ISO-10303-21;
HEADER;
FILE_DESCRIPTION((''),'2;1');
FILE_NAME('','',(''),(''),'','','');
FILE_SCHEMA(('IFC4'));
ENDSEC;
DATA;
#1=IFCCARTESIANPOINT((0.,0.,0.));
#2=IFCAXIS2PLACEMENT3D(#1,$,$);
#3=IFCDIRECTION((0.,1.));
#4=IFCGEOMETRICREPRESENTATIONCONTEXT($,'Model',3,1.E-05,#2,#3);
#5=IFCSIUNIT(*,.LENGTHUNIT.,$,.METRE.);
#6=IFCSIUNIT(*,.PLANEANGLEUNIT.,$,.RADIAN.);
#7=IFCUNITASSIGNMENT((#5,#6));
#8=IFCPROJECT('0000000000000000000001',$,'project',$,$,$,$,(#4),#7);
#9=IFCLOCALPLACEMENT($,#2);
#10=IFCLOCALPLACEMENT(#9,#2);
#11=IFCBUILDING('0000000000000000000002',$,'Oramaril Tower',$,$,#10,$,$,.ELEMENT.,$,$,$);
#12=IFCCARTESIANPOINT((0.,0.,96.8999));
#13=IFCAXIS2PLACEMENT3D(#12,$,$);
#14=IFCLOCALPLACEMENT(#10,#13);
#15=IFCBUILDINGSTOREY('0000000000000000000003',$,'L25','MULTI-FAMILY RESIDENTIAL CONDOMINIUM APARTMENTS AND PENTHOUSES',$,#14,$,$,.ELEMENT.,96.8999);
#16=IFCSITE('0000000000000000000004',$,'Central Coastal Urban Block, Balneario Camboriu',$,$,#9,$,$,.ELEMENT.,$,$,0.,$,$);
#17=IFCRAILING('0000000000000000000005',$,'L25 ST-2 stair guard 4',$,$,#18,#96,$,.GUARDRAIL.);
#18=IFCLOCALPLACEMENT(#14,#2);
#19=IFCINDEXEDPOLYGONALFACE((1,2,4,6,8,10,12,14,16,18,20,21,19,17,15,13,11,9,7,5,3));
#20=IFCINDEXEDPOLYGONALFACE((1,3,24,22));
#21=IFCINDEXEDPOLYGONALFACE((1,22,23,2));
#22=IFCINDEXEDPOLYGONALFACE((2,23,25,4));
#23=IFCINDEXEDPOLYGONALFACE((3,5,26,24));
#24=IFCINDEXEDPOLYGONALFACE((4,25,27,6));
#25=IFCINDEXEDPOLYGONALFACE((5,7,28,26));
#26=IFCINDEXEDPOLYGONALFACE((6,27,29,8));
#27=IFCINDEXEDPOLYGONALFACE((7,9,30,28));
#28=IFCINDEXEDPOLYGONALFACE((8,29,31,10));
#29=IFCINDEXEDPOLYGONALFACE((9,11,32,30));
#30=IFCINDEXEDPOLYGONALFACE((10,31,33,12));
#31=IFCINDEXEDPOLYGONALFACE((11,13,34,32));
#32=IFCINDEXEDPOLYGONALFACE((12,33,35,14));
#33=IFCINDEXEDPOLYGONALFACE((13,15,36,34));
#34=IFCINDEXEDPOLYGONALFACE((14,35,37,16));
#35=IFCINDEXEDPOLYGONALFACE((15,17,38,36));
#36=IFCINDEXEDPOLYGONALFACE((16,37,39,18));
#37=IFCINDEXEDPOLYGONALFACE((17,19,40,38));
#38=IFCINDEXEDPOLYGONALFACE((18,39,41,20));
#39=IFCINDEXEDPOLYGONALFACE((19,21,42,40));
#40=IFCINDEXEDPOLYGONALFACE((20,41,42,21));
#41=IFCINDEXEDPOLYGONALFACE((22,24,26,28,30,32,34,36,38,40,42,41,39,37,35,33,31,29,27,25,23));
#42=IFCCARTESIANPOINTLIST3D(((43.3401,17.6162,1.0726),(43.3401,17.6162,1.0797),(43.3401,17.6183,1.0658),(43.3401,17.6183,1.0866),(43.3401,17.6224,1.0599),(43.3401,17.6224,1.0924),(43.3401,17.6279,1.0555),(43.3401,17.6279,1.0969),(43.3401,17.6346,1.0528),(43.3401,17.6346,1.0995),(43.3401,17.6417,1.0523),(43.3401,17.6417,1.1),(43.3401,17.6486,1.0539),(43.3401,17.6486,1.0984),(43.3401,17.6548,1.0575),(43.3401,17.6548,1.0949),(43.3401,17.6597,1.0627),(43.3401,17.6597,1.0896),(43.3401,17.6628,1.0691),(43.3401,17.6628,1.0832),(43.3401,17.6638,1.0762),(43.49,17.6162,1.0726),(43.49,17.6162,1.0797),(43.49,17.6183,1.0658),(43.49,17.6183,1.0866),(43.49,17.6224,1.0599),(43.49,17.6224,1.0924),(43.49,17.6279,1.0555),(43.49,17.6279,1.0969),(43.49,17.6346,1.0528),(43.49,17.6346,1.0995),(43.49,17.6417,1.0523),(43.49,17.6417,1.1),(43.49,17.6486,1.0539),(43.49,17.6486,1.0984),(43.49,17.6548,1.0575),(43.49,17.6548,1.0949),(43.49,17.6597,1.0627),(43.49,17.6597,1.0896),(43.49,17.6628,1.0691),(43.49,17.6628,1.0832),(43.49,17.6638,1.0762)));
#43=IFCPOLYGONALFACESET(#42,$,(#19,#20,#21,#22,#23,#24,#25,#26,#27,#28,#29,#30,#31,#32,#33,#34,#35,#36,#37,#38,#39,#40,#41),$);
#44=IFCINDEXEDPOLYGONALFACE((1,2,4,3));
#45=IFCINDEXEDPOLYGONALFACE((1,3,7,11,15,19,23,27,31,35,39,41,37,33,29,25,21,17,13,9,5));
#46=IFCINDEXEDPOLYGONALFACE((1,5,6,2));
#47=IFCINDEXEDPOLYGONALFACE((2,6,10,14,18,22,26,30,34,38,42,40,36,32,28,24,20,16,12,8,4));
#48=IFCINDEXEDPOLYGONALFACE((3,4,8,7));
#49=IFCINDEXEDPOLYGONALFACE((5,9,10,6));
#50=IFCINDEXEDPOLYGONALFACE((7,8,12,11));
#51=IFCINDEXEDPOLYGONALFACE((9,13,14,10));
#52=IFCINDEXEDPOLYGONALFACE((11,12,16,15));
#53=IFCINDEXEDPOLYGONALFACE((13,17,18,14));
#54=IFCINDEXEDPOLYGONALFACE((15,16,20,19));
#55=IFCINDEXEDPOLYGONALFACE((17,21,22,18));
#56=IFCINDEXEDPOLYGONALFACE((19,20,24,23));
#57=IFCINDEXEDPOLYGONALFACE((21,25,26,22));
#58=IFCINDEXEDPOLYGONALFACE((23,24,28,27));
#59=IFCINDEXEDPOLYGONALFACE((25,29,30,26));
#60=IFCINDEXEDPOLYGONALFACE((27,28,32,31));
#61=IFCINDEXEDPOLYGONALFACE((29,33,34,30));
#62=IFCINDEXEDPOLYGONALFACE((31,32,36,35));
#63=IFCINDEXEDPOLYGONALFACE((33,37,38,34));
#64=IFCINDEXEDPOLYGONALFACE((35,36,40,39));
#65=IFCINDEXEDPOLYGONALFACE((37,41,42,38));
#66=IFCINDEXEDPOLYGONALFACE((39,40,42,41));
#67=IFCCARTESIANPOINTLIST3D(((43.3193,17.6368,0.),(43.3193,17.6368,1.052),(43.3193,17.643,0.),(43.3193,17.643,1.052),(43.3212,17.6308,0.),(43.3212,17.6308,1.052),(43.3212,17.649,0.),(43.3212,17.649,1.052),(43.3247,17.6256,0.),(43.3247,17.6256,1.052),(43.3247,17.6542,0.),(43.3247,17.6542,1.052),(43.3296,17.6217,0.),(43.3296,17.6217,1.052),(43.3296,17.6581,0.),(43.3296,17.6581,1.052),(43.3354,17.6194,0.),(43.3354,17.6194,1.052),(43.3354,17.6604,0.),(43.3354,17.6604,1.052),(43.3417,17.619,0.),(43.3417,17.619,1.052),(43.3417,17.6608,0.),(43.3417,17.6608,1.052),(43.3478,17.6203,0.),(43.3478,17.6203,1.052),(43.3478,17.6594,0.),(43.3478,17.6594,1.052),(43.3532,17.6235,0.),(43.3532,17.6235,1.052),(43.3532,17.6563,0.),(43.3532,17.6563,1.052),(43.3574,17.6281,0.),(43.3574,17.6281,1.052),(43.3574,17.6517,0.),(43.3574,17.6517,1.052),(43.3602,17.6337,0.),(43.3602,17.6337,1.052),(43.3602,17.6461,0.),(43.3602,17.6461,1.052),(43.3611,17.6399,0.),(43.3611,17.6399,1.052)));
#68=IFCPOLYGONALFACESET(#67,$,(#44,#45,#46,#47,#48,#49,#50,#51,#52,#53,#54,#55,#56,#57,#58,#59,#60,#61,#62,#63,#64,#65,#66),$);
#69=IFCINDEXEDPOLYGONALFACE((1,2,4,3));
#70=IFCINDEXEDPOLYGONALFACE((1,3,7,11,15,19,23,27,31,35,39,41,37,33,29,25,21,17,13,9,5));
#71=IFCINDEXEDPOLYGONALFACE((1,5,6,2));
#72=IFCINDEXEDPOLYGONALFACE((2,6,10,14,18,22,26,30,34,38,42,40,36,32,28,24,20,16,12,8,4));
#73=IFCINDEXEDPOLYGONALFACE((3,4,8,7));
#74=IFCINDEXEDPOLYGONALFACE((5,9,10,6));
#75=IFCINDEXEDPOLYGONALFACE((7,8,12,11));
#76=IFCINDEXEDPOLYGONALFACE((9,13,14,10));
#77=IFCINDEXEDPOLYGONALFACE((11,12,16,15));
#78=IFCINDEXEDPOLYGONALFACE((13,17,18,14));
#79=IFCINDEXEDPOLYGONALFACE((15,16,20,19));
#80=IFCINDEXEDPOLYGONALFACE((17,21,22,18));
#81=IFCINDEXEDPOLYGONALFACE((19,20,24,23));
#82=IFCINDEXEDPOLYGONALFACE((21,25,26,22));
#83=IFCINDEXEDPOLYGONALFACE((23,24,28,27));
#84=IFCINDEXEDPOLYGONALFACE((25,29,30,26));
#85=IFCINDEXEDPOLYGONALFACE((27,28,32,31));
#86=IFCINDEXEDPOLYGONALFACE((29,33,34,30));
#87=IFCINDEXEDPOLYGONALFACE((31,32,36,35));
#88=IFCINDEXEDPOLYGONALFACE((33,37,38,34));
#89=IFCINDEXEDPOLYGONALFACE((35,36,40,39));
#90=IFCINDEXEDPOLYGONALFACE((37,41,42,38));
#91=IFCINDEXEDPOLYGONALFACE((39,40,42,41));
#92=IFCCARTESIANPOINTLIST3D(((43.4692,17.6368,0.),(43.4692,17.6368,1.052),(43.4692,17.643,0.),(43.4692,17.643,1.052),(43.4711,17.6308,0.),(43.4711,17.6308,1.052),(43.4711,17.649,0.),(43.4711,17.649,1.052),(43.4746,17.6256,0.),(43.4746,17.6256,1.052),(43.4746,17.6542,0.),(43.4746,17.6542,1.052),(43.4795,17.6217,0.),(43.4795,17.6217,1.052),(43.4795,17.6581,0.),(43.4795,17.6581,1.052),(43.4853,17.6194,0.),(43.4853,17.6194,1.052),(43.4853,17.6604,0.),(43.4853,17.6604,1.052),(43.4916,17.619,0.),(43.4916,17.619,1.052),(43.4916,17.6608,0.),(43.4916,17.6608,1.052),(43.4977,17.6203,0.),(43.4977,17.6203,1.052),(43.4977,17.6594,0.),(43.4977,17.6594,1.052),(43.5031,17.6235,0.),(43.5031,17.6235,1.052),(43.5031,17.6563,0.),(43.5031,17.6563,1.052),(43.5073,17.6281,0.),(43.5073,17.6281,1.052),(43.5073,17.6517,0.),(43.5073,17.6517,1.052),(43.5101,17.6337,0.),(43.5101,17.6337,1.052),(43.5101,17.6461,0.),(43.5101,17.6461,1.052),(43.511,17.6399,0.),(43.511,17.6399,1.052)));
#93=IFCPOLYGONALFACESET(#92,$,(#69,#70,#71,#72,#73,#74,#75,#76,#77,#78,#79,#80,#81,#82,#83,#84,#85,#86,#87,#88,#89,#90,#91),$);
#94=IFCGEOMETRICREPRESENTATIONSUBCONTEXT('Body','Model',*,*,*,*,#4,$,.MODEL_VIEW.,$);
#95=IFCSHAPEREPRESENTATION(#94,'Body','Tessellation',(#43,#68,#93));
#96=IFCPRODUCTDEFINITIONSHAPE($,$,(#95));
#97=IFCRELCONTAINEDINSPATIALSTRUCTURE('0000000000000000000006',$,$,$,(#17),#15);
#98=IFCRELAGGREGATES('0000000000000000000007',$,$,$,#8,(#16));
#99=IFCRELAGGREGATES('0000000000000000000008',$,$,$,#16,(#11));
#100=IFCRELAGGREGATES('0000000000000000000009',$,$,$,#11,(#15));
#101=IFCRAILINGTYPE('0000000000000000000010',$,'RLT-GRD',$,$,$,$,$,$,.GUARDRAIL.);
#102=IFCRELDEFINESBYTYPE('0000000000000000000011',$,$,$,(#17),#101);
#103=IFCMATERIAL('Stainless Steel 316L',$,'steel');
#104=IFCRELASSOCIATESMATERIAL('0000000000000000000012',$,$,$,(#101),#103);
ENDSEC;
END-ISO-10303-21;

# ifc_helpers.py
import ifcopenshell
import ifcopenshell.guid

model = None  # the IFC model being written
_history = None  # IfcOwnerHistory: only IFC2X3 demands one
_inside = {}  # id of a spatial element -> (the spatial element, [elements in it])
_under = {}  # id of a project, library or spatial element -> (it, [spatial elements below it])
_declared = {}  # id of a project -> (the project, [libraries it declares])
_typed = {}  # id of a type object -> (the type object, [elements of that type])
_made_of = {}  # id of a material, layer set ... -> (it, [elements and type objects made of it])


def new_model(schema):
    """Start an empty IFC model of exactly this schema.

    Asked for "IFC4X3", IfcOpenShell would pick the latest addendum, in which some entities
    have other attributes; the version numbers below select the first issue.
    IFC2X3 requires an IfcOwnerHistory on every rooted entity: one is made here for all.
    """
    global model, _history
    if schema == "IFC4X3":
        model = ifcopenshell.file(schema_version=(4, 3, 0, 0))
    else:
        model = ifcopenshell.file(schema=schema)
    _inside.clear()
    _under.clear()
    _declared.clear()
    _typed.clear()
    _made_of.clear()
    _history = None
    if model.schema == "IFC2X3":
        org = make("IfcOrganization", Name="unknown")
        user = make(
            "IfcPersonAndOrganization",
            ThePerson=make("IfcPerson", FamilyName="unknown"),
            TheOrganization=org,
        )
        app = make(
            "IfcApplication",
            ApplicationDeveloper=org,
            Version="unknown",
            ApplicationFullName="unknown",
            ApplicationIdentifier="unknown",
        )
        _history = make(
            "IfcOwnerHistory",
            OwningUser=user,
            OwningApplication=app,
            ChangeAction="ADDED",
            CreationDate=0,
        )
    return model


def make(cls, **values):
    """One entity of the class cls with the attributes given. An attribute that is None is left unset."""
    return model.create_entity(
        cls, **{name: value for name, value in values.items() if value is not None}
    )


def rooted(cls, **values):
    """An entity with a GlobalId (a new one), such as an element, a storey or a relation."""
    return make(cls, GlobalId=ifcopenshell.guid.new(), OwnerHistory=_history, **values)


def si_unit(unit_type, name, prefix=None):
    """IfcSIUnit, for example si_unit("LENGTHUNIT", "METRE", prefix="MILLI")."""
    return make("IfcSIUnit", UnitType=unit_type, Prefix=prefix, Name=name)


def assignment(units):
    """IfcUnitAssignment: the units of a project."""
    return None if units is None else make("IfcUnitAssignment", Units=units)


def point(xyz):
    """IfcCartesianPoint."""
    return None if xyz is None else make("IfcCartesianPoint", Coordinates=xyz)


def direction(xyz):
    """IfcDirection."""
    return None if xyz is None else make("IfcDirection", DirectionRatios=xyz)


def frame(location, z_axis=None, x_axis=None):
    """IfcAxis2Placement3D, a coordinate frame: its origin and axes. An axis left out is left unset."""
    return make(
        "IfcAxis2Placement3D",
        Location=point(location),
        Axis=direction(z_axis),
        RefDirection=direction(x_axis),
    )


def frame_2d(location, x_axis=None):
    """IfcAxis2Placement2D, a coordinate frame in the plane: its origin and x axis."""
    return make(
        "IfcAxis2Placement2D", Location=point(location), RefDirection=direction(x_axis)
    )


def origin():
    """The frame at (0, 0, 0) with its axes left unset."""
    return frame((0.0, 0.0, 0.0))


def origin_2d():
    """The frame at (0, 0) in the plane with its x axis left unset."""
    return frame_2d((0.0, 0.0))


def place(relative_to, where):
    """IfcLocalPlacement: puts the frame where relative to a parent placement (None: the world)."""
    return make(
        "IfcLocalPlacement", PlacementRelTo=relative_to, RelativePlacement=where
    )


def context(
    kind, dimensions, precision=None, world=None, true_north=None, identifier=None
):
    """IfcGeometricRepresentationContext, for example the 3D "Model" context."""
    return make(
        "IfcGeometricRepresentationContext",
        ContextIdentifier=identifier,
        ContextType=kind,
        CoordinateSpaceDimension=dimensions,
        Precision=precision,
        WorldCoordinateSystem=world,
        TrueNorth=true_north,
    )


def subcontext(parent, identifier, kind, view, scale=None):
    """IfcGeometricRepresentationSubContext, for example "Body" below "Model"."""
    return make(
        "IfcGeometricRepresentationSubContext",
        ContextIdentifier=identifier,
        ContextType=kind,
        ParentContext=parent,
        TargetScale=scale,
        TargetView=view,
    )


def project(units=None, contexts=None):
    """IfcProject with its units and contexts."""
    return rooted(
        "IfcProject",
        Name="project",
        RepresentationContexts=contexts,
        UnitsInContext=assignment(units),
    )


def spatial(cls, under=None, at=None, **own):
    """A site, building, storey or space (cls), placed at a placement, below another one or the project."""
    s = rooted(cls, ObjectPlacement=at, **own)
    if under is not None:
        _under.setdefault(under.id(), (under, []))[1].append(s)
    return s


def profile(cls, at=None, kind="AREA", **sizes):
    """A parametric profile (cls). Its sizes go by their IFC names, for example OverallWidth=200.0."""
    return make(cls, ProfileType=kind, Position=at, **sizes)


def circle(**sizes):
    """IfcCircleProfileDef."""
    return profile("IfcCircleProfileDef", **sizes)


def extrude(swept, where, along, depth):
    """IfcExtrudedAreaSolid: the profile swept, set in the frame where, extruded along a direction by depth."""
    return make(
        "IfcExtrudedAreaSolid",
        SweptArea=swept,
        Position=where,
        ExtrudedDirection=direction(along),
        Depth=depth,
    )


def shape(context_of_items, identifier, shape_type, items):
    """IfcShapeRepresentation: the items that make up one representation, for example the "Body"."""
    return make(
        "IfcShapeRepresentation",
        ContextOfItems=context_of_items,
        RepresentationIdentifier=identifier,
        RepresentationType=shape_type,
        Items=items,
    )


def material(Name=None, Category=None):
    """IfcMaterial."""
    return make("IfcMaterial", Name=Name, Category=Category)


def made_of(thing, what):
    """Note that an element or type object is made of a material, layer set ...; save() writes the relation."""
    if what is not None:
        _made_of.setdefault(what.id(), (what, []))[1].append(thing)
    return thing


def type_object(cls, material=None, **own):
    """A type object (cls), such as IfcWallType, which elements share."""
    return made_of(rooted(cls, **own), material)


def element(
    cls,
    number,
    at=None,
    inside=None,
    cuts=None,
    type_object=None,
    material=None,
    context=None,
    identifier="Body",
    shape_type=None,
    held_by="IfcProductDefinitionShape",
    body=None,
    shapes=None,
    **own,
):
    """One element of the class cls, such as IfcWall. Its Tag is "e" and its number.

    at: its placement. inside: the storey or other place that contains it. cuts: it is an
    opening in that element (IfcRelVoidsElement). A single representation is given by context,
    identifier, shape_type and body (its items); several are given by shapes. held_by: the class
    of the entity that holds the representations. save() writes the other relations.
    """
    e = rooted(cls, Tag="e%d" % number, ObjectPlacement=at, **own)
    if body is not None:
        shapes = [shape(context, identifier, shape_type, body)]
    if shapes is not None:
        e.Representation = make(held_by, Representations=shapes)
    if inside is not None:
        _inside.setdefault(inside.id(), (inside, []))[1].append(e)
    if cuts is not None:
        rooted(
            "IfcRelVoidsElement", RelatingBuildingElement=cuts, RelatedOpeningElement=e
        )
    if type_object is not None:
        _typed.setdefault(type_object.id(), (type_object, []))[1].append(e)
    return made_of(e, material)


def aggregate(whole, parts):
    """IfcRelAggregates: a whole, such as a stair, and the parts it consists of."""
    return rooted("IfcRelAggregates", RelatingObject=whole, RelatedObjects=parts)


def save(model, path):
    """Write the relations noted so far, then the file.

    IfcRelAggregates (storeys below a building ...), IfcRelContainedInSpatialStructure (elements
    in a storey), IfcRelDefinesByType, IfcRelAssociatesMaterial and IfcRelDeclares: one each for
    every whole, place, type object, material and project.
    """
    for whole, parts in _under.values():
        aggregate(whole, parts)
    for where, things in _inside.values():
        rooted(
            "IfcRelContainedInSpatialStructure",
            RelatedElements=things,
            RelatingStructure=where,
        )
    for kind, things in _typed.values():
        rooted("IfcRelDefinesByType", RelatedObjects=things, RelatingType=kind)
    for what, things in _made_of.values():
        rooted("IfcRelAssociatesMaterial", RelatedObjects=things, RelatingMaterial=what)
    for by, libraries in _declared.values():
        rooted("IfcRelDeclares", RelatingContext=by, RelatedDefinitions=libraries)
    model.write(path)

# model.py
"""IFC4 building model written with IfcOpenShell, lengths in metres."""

from ifc_helpers import new_model, si_unit, direction, frame, origin, origin_2d, place, context, subcontext, project, spatial, circle, extrude, material, type_object, element, save


model = new_model("IFC4")

# Units and contexts
model_context = context("Model", 3, precision=1e-05, world=origin(), true_north=direction((0.0, 1.0)))
body_context = subcontext(model_context, "Body", "Model", "MODEL_VIEW")
ifc_project = project(units=[si_unit("LENGTHUNIT", "METRE"), si_unit("PLANEANGLEUNIT", "RADIAN")], contexts=[model_context])

# Site, building, storey
site_placement = place(None, origin())
site = spatial("IfcSite", under=ifc_project, at=site_placement, Name="Central Coastal Urban Block, Balneario Camboriu", CompositionType="ELEMENT", RefElevation=0.0)
building_placement = place(site_placement, origin())
building = spatial("IfcBuilding", under=site, at=building_placement, Name="Oramaril Tower", CompositionType="ELEMENT")
storey_placement = place(building_placement, frame((0.0, 0.0, 96.8999)))
storey = spatial("IfcBuildingStorey", under=building, at=storey_placement, Name="L25", Description="MULTI-FAMILY RESIDENTIAL CONDOMINIUM APARTMENTS AND PENTHOUSES", CompositionType="ELEMENT", Elevation=96.8999)

# Railing
ifc_material_1 = material(Name="Stainless Steel 316L", Category="steel")
railing_type_1 = type_object("IfcRailingType", Name="RLT-GRD", PredefinedType="GUARDRAIL", material=ifc_material_1)
railing_1_placement = place(storey_placement, frame((43.3401, 17.6399, 0.0)))
element("IfcRailing", 1, at=railing_1_placement, inside=storey, type_object=railing_type_1, Name="L25 ST-2 stair guard 4", PredefinedType="GUARDRAIL", context=body_context, shape_type="SweptSolid", body=[
    extrude(circle(Radius=0.0239, at=origin_2d()), frame((0.0, 0.0, 1.0762), z_axis=(1.0, 0.0, 0.0), x_axis=(0.0, 1.0, 0.0)), (0.0, 0.0, 1.0), 0.1499),
    extrude(circle(Radius=0.021, at=origin_2d()), origin(), (0.0, 0.0, 1.0), 1.052),
    extrude(circle(Radius=0.021, at=origin_2d()), frame((0.1499, 0.0, 0.0)), (0.0, 0.0, 1.0), 1.052),
])

save(model, "model.ifc")
